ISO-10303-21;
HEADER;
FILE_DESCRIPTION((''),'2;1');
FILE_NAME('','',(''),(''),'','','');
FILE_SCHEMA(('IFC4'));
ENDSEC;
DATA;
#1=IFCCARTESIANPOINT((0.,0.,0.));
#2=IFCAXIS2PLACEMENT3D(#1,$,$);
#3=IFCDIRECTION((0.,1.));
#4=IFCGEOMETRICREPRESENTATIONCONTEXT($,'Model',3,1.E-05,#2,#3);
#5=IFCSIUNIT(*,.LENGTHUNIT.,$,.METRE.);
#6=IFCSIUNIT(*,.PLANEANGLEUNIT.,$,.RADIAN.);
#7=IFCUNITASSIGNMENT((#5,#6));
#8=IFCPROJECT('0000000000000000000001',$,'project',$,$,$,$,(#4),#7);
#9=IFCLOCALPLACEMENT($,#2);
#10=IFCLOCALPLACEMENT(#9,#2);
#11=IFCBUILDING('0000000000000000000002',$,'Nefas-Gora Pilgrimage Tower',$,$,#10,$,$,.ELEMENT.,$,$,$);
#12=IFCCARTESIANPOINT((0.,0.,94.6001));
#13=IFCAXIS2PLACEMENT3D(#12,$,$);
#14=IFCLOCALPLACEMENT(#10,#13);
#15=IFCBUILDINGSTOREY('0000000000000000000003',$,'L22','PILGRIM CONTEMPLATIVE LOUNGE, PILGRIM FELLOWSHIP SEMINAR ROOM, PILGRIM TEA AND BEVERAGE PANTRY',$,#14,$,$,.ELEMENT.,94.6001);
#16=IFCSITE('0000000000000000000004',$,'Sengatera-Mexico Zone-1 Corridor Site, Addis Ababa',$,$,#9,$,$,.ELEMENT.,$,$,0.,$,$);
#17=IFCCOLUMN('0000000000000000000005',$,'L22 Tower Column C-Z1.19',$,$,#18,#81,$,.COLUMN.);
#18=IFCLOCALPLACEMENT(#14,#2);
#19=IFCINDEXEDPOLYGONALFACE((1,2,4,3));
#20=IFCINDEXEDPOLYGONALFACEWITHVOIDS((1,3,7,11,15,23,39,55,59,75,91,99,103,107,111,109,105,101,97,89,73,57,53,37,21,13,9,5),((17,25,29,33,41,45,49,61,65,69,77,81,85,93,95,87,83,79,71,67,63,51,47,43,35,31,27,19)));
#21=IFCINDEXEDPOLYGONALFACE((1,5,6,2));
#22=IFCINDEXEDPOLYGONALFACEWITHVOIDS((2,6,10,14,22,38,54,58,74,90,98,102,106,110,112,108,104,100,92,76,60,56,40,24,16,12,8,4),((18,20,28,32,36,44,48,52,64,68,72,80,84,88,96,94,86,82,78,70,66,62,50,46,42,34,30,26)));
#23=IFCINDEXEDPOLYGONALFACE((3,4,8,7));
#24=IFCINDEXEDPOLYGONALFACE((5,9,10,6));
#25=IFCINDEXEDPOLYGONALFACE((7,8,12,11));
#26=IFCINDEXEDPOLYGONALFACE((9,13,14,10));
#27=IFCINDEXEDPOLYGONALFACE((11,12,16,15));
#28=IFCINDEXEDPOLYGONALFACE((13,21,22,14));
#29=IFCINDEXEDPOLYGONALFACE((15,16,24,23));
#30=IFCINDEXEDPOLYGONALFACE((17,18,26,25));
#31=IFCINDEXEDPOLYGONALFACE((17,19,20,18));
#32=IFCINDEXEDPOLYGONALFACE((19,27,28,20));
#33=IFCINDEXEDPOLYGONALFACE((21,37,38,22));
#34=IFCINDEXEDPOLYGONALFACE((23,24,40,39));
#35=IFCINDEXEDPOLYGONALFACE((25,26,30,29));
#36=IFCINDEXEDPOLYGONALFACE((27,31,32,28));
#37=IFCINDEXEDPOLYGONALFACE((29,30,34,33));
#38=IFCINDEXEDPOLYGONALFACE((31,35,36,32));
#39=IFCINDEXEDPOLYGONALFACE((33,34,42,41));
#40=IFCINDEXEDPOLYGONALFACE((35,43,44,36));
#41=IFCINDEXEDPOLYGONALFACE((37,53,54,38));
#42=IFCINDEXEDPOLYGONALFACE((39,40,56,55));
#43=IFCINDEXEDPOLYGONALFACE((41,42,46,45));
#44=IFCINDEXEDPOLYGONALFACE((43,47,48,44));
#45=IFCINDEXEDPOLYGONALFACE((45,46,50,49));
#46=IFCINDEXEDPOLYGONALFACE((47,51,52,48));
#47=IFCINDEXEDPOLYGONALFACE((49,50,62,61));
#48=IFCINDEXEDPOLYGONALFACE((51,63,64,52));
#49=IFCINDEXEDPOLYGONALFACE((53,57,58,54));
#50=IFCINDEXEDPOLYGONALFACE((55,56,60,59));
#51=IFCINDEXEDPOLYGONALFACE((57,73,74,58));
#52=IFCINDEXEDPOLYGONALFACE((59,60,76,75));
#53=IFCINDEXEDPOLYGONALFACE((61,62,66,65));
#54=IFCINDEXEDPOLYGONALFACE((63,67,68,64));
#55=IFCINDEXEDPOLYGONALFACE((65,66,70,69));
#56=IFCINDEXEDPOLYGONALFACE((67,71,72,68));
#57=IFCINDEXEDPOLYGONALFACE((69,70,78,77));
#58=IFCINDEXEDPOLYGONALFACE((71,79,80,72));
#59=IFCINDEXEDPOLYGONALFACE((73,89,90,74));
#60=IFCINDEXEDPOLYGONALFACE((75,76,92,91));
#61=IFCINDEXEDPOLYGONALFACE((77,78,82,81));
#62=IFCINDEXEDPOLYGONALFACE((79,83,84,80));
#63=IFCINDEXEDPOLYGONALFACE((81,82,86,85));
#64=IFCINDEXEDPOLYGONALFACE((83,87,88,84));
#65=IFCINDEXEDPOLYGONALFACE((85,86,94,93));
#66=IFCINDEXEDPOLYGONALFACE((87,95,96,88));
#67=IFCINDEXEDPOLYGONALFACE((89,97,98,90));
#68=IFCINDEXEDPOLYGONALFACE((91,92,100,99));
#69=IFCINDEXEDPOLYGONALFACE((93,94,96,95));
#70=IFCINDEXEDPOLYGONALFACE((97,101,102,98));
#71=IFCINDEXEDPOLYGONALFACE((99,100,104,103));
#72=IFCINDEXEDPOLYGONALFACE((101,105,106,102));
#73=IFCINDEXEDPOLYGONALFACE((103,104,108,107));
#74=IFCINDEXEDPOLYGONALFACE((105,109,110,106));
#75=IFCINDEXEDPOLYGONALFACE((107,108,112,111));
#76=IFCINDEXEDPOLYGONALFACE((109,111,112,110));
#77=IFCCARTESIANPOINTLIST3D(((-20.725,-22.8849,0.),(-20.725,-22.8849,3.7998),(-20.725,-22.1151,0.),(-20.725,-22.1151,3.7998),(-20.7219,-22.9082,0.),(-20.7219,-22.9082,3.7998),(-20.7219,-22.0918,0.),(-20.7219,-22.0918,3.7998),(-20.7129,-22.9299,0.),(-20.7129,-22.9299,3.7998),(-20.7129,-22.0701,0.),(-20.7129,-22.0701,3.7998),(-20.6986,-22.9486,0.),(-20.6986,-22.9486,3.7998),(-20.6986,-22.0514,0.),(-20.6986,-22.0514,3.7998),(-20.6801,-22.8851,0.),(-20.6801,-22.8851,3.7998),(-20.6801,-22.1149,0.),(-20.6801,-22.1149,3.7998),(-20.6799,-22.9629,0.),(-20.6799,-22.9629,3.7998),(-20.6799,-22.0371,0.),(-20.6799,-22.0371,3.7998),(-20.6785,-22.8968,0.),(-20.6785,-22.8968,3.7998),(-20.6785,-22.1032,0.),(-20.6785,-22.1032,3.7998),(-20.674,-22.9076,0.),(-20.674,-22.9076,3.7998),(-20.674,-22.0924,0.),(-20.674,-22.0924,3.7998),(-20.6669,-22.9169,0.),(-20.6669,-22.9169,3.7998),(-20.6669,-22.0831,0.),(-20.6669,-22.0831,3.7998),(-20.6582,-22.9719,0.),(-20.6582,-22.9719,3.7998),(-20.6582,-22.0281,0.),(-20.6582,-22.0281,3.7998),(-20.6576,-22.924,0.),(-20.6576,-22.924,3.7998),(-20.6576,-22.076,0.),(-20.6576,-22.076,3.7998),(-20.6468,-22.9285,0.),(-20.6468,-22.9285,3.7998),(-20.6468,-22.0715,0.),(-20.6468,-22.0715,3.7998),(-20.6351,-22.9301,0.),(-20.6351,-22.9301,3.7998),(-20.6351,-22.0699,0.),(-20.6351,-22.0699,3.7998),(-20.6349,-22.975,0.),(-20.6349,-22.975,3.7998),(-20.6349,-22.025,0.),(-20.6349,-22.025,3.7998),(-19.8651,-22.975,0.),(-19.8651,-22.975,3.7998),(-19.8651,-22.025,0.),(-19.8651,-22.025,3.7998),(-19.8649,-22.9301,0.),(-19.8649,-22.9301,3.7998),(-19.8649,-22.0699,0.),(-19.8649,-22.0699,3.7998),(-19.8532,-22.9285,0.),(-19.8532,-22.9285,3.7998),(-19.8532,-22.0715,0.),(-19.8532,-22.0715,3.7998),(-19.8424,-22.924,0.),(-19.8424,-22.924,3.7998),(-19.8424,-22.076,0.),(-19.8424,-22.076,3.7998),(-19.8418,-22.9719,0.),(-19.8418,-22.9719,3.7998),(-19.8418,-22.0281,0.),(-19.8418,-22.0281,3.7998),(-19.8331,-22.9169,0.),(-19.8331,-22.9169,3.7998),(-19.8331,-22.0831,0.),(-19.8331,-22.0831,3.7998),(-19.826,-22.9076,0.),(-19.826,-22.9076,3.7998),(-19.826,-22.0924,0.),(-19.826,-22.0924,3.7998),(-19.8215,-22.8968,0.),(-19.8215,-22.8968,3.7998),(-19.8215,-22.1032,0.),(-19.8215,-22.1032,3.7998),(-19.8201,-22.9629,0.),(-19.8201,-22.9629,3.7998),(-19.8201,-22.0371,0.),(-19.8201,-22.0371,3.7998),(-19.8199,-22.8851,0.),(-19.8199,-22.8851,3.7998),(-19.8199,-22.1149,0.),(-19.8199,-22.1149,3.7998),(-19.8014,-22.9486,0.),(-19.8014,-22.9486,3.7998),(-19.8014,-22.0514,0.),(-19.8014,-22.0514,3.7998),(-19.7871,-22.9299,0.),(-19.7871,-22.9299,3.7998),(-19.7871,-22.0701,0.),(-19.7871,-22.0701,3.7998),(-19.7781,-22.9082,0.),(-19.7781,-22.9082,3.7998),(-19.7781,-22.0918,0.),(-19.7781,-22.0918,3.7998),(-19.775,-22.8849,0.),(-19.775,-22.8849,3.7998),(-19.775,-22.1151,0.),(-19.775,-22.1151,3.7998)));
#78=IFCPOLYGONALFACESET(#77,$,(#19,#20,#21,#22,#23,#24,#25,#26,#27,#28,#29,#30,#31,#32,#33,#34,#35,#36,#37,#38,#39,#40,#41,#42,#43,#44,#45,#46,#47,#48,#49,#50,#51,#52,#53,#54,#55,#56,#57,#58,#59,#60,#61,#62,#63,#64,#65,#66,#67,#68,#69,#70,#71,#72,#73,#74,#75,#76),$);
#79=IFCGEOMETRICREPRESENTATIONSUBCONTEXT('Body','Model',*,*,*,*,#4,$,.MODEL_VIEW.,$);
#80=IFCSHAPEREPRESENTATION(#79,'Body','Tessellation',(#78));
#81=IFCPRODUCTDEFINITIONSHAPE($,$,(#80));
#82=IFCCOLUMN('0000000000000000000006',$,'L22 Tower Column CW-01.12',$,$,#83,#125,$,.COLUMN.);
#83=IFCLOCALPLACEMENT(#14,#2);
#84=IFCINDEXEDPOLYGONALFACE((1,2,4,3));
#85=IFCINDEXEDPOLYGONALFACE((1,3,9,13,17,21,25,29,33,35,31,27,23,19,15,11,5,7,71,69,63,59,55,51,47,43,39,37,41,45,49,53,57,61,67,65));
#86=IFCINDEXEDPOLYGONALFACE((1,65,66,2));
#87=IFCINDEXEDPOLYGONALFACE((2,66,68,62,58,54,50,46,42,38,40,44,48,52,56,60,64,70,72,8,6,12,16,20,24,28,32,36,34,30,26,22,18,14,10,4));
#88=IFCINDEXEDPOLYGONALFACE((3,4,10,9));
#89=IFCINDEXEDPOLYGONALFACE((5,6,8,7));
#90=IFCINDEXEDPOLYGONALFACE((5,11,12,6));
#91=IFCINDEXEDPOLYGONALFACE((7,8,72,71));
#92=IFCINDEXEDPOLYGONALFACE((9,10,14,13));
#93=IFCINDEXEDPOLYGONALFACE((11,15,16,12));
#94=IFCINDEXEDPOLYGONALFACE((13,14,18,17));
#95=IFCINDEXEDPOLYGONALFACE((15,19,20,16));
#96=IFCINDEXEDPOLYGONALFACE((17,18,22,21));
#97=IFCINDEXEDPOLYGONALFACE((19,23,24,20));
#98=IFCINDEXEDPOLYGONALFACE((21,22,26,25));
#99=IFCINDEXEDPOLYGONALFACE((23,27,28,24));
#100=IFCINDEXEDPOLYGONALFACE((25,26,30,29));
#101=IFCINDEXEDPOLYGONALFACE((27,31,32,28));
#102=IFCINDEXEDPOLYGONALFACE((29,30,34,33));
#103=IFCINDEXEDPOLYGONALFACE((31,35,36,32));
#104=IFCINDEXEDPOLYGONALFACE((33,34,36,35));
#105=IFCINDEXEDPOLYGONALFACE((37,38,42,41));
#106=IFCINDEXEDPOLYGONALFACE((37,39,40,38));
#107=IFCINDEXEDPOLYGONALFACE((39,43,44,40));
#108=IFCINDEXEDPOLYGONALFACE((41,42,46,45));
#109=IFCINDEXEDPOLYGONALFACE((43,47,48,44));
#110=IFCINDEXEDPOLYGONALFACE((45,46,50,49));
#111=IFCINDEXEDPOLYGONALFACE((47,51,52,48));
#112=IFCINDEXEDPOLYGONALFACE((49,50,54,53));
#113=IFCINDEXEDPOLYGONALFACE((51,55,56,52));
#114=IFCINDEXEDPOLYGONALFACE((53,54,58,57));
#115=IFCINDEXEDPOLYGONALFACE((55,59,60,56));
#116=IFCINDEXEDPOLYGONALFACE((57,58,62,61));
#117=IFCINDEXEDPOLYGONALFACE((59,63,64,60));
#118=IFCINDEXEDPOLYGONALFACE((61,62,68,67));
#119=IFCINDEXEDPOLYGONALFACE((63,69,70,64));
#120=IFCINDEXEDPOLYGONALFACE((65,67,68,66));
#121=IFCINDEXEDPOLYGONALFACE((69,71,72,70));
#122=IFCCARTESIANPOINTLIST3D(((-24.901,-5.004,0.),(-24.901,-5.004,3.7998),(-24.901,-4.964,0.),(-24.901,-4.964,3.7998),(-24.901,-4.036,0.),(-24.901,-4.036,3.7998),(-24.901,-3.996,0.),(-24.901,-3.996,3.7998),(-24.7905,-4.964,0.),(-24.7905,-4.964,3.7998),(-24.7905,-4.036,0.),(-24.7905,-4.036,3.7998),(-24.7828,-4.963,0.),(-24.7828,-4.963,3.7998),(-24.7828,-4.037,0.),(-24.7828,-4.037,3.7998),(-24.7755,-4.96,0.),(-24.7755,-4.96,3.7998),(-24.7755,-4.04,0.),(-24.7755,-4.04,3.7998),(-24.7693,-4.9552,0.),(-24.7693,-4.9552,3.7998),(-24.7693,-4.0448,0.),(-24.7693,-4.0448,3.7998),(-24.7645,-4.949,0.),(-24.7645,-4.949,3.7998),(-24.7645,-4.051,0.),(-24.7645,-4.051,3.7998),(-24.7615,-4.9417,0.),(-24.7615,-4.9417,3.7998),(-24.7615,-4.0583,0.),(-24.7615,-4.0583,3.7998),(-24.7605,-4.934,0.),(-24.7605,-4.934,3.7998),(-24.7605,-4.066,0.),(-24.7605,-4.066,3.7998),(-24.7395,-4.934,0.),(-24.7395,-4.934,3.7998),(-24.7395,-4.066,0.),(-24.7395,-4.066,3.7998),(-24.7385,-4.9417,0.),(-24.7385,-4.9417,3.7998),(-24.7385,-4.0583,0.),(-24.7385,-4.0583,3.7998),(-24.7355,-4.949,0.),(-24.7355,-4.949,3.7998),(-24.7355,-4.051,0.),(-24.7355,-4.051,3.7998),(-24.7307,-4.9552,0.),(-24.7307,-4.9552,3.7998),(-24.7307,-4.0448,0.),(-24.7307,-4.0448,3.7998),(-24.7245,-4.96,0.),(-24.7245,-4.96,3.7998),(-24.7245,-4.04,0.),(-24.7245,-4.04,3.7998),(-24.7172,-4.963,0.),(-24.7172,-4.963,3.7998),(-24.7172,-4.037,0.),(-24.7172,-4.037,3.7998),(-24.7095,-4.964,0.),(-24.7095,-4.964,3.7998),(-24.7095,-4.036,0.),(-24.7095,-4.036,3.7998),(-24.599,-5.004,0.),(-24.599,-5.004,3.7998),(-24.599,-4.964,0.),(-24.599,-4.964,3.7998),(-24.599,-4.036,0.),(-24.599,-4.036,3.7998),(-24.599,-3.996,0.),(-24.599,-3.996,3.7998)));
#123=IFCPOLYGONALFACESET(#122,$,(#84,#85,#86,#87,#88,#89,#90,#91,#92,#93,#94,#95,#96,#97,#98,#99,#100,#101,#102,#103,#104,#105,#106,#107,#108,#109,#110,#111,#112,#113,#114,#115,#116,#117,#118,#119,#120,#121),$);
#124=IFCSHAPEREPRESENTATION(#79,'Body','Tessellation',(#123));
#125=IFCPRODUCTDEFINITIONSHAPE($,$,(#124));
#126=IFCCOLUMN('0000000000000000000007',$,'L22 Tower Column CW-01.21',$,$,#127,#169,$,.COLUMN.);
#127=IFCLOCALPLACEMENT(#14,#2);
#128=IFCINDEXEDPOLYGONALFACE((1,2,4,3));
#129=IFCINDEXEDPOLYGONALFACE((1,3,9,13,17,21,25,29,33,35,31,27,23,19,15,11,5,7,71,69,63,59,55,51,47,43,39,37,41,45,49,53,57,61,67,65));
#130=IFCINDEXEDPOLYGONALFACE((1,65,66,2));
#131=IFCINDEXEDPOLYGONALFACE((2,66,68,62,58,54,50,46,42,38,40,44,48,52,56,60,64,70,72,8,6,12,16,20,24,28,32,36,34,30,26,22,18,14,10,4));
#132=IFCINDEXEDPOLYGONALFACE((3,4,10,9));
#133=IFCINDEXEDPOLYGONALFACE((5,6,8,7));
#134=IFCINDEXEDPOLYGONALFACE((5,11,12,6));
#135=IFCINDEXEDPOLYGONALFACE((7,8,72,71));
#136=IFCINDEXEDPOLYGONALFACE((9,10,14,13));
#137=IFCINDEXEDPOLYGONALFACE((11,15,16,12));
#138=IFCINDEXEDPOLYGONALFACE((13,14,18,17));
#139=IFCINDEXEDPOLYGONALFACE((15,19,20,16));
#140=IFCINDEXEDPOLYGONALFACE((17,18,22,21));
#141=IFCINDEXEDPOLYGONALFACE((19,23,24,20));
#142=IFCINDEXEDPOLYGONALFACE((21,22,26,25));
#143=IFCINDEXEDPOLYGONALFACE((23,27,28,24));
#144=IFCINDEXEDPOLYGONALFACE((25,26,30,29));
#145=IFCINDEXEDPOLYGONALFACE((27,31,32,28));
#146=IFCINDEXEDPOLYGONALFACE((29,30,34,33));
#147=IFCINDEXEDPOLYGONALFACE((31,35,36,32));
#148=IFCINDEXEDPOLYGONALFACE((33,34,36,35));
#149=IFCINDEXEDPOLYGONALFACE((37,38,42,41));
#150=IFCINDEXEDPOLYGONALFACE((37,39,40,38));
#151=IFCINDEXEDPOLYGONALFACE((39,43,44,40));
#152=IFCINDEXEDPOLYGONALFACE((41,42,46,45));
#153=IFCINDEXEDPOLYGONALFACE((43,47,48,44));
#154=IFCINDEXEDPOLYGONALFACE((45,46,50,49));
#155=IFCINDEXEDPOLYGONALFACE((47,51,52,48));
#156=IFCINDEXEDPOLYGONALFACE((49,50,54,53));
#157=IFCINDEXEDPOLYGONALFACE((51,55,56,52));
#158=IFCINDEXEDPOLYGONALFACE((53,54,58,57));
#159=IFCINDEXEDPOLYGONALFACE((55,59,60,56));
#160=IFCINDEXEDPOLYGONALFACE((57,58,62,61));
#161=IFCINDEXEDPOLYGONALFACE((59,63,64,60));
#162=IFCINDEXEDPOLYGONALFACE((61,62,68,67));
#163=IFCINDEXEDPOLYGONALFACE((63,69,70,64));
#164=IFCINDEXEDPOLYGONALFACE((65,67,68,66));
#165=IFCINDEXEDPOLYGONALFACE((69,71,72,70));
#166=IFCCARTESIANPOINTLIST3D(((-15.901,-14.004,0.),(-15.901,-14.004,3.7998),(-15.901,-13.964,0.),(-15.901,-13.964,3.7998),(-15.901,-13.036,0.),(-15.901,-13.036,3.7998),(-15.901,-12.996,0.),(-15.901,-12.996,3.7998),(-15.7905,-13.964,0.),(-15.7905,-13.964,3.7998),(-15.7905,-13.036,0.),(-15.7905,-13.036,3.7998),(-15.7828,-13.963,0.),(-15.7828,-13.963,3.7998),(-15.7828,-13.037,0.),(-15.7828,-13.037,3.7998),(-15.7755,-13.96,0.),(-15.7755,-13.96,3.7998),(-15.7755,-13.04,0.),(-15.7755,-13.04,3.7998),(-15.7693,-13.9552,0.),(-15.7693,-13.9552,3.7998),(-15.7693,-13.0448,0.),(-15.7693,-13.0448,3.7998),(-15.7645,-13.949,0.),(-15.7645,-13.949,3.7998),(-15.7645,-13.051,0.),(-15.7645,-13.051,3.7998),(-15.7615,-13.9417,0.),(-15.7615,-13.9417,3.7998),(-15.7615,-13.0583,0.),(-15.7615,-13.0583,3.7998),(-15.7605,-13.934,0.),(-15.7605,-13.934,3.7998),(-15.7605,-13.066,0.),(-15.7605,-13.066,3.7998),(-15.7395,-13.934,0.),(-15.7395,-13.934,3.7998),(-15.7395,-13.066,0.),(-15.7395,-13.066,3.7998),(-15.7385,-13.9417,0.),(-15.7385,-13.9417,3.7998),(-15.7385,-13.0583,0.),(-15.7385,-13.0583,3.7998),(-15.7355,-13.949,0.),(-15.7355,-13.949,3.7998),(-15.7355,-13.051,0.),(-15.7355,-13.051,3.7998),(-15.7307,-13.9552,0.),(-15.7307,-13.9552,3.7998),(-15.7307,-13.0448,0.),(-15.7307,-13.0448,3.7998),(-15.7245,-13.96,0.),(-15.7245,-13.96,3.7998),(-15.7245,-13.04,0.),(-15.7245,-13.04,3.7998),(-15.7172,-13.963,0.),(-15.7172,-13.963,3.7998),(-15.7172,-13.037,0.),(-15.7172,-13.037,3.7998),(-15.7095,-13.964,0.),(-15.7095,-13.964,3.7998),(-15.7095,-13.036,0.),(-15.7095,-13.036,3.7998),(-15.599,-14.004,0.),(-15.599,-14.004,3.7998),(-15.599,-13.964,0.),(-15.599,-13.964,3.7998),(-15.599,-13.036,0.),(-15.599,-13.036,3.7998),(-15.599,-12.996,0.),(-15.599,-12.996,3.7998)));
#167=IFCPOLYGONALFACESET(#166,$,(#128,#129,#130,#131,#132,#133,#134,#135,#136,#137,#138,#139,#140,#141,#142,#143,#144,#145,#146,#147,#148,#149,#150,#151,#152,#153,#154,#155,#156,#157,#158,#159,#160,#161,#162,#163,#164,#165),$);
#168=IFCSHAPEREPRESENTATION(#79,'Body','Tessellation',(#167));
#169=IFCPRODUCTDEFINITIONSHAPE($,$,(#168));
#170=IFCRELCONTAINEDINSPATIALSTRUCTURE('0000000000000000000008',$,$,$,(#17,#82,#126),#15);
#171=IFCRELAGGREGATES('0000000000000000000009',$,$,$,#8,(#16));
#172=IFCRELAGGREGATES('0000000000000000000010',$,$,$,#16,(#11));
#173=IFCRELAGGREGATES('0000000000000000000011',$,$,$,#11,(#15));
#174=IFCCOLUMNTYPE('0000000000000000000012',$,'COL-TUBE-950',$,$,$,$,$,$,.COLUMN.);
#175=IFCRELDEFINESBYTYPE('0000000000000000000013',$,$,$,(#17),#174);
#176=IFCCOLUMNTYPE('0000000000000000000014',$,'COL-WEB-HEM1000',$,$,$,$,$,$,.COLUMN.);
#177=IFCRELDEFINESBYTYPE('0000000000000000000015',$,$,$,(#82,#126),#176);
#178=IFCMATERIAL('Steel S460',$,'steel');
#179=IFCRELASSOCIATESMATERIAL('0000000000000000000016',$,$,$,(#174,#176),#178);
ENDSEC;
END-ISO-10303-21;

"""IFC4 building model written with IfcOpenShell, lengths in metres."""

from ifc_helpers import new_model, si_unit, direction, frame, origin, origin_2d, place, context, subcontext, project, spatial, hollow_rectangle, i_section, extrude, source, transform, mapped, material, material_profile, profile_set, type_object, element, save


model = new_model("IFC4")

# Units and contexts
model_context = context("Model", 3, precision=1e-05, world=origin(), true_north=direction((0.0, 1.0)))
body_context = subcontext(model_context, "Body", "Model", "MODEL_VIEW")
ifc_project = project(units=[si_unit("LENGTHUNIT", "METRE"), si_unit("PLANEANGLEUNIT", "RADIAN")], contexts=[model_context])

# Site, building, storey
site_placement = place(None, origin())
site = spatial("IfcSite", under=ifc_project, at=site_placement, Name="Sengatera-Mexico Zone-1 Corridor Site, Addis Ababa", CompositionType="ELEMENT", RefElevation=0.0)
building_placement = place(site_placement, origin())
building = spatial("IfcBuilding", under=site, at=building_placement, Name="Nefas-Gora Pilgrimage Tower", CompositionType="ELEMENT")
storey_placement = place(building_placement, frame((0.0, 0.0, 94.6001)))
storey = spatial("IfcBuildingStorey", under=building, at=storey_placement, Name="L22", Description="PILGRIM CONTEMPLATIVE LOUNGE, PILGRIM FELLOWSHIP SEMINAR ROOM, PILGRIM TEA AND BEVERAGE PANTRY", CompositionType="ELEMENT", Elevation=94.6001)

# Columns
ifc_material_1 = material(Name="Steel S460", Category="steel")
ifc_material_profile_1 = material_profile(ifc_material_1, hollow_rectangle(XDim=0.95, YDim=0.95, WallThickness=0.0449, InnerFilletRadius=0.0449, OuterFilletRadius=0.0901, at=origin_2d()), Name="BOX 950x950x45")
ifc_profile_set_1 = profile_set([ifc_material_profile_1], Name="Steel S460")
column_type_1 = type_object("IfcColumnType", Name="COL-TUBE-950", PredefinedType="COLUMN", material=ifc_profile_set_1)
shared_shape_1 = source(origin(), body_context, "Body", "SweptSolid", [
    extrude(hollow_rectangle(XDim=0.95, YDim=0.95, WallThickness=0.0449, InnerFilletRadius=0.0449, OuterFilletRadius=0.0901, at=origin_2d()), origin(), (0.0, 0.0, 1.0), 3.7998),
])
column_1_placement = place(storey_placement, frame((-20.25, -22.5, 0.0), z_axis=(0.0, 0.0, 1.0), x_axis=(1.0, 0.0, 0.0)))
element("IfcColumn", 1, at=column_1_placement, inside=storey, type_object=column_type_1, Name="L22 Tower Column C-Z1.19", PredefinedType="COLUMN", context=body_context, shape_type="MappedRepresentation", body=[
    mapped(shared_shape_1, transform((0.0, 0.0, 0.0), x_axis=(1.0, 0.0, 0.0), y_axis=(0.0, 1.0, 0.0), z_axis=(0.0, 0.0, 1.0), scale=1.0)),
])
ifc_material_profile_2 = material_profile(ifc_material_1, i_section(OverallWidth=0.302, OverallDepth=1.0081, WebThickness=0.021, FlangeThickness=0.04, FilletRadius=0.03, at=origin_2d()), Name="HEM 1000")
ifc_profile_set_2 = profile_set([ifc_material_profile_2], Name="Steel S460")
column_type_2 = type_object("IfcColumnType", Name="COL-WEB-HEM1000", PredefinedType="COLUMN", material=ifc_profile_set_2)
shared_shape_2 = source(origin(), body_context, "Body", "SweptSolid", [
    extrude(i_section(OverallWidth=0.302, OverallDepth=1.0081, WebThickness=0.021, FlangeThickness=0.04, FilletRadius=0.03, at=origin_2d()), origin(), (0.0, 0.0, 1.0), 3.7998),
])
for number, where, z_axis, x_axis, name in (
    (2, (-24.75, -4.5, 0.0), (0.0, 0.0, 1.0), (1.0, 0.0, 0.0), "L22 Tower Column CW-01.12"),
    (3, (-15.75, -13.5, 0.0), (0.0, 0.0, 1.0), (1.0, 0.0, 0.0), "L22 Tower Column CW-01.21"),
):
    element("IfcColumn", number, at=place(storey_placement, frame(where, z_axis=z_axis, x_axis=x_axis)), inside=storey, type_object=column_type_2, Name=name, PredefinedType="COLUMN", context=body_context, shape_type="MappedRepresentation", body=[
        mapped(shared_shape_2, transform((0.0, 0.0, 0.0), x_axis=(1.0, 0.0, 0.0), y_axis=(0.0, 1.0, 0.0), z_axis=(0.0, 0.0, 1.0), scale=1.0)),
    ])

save(model, "model.ifc")
